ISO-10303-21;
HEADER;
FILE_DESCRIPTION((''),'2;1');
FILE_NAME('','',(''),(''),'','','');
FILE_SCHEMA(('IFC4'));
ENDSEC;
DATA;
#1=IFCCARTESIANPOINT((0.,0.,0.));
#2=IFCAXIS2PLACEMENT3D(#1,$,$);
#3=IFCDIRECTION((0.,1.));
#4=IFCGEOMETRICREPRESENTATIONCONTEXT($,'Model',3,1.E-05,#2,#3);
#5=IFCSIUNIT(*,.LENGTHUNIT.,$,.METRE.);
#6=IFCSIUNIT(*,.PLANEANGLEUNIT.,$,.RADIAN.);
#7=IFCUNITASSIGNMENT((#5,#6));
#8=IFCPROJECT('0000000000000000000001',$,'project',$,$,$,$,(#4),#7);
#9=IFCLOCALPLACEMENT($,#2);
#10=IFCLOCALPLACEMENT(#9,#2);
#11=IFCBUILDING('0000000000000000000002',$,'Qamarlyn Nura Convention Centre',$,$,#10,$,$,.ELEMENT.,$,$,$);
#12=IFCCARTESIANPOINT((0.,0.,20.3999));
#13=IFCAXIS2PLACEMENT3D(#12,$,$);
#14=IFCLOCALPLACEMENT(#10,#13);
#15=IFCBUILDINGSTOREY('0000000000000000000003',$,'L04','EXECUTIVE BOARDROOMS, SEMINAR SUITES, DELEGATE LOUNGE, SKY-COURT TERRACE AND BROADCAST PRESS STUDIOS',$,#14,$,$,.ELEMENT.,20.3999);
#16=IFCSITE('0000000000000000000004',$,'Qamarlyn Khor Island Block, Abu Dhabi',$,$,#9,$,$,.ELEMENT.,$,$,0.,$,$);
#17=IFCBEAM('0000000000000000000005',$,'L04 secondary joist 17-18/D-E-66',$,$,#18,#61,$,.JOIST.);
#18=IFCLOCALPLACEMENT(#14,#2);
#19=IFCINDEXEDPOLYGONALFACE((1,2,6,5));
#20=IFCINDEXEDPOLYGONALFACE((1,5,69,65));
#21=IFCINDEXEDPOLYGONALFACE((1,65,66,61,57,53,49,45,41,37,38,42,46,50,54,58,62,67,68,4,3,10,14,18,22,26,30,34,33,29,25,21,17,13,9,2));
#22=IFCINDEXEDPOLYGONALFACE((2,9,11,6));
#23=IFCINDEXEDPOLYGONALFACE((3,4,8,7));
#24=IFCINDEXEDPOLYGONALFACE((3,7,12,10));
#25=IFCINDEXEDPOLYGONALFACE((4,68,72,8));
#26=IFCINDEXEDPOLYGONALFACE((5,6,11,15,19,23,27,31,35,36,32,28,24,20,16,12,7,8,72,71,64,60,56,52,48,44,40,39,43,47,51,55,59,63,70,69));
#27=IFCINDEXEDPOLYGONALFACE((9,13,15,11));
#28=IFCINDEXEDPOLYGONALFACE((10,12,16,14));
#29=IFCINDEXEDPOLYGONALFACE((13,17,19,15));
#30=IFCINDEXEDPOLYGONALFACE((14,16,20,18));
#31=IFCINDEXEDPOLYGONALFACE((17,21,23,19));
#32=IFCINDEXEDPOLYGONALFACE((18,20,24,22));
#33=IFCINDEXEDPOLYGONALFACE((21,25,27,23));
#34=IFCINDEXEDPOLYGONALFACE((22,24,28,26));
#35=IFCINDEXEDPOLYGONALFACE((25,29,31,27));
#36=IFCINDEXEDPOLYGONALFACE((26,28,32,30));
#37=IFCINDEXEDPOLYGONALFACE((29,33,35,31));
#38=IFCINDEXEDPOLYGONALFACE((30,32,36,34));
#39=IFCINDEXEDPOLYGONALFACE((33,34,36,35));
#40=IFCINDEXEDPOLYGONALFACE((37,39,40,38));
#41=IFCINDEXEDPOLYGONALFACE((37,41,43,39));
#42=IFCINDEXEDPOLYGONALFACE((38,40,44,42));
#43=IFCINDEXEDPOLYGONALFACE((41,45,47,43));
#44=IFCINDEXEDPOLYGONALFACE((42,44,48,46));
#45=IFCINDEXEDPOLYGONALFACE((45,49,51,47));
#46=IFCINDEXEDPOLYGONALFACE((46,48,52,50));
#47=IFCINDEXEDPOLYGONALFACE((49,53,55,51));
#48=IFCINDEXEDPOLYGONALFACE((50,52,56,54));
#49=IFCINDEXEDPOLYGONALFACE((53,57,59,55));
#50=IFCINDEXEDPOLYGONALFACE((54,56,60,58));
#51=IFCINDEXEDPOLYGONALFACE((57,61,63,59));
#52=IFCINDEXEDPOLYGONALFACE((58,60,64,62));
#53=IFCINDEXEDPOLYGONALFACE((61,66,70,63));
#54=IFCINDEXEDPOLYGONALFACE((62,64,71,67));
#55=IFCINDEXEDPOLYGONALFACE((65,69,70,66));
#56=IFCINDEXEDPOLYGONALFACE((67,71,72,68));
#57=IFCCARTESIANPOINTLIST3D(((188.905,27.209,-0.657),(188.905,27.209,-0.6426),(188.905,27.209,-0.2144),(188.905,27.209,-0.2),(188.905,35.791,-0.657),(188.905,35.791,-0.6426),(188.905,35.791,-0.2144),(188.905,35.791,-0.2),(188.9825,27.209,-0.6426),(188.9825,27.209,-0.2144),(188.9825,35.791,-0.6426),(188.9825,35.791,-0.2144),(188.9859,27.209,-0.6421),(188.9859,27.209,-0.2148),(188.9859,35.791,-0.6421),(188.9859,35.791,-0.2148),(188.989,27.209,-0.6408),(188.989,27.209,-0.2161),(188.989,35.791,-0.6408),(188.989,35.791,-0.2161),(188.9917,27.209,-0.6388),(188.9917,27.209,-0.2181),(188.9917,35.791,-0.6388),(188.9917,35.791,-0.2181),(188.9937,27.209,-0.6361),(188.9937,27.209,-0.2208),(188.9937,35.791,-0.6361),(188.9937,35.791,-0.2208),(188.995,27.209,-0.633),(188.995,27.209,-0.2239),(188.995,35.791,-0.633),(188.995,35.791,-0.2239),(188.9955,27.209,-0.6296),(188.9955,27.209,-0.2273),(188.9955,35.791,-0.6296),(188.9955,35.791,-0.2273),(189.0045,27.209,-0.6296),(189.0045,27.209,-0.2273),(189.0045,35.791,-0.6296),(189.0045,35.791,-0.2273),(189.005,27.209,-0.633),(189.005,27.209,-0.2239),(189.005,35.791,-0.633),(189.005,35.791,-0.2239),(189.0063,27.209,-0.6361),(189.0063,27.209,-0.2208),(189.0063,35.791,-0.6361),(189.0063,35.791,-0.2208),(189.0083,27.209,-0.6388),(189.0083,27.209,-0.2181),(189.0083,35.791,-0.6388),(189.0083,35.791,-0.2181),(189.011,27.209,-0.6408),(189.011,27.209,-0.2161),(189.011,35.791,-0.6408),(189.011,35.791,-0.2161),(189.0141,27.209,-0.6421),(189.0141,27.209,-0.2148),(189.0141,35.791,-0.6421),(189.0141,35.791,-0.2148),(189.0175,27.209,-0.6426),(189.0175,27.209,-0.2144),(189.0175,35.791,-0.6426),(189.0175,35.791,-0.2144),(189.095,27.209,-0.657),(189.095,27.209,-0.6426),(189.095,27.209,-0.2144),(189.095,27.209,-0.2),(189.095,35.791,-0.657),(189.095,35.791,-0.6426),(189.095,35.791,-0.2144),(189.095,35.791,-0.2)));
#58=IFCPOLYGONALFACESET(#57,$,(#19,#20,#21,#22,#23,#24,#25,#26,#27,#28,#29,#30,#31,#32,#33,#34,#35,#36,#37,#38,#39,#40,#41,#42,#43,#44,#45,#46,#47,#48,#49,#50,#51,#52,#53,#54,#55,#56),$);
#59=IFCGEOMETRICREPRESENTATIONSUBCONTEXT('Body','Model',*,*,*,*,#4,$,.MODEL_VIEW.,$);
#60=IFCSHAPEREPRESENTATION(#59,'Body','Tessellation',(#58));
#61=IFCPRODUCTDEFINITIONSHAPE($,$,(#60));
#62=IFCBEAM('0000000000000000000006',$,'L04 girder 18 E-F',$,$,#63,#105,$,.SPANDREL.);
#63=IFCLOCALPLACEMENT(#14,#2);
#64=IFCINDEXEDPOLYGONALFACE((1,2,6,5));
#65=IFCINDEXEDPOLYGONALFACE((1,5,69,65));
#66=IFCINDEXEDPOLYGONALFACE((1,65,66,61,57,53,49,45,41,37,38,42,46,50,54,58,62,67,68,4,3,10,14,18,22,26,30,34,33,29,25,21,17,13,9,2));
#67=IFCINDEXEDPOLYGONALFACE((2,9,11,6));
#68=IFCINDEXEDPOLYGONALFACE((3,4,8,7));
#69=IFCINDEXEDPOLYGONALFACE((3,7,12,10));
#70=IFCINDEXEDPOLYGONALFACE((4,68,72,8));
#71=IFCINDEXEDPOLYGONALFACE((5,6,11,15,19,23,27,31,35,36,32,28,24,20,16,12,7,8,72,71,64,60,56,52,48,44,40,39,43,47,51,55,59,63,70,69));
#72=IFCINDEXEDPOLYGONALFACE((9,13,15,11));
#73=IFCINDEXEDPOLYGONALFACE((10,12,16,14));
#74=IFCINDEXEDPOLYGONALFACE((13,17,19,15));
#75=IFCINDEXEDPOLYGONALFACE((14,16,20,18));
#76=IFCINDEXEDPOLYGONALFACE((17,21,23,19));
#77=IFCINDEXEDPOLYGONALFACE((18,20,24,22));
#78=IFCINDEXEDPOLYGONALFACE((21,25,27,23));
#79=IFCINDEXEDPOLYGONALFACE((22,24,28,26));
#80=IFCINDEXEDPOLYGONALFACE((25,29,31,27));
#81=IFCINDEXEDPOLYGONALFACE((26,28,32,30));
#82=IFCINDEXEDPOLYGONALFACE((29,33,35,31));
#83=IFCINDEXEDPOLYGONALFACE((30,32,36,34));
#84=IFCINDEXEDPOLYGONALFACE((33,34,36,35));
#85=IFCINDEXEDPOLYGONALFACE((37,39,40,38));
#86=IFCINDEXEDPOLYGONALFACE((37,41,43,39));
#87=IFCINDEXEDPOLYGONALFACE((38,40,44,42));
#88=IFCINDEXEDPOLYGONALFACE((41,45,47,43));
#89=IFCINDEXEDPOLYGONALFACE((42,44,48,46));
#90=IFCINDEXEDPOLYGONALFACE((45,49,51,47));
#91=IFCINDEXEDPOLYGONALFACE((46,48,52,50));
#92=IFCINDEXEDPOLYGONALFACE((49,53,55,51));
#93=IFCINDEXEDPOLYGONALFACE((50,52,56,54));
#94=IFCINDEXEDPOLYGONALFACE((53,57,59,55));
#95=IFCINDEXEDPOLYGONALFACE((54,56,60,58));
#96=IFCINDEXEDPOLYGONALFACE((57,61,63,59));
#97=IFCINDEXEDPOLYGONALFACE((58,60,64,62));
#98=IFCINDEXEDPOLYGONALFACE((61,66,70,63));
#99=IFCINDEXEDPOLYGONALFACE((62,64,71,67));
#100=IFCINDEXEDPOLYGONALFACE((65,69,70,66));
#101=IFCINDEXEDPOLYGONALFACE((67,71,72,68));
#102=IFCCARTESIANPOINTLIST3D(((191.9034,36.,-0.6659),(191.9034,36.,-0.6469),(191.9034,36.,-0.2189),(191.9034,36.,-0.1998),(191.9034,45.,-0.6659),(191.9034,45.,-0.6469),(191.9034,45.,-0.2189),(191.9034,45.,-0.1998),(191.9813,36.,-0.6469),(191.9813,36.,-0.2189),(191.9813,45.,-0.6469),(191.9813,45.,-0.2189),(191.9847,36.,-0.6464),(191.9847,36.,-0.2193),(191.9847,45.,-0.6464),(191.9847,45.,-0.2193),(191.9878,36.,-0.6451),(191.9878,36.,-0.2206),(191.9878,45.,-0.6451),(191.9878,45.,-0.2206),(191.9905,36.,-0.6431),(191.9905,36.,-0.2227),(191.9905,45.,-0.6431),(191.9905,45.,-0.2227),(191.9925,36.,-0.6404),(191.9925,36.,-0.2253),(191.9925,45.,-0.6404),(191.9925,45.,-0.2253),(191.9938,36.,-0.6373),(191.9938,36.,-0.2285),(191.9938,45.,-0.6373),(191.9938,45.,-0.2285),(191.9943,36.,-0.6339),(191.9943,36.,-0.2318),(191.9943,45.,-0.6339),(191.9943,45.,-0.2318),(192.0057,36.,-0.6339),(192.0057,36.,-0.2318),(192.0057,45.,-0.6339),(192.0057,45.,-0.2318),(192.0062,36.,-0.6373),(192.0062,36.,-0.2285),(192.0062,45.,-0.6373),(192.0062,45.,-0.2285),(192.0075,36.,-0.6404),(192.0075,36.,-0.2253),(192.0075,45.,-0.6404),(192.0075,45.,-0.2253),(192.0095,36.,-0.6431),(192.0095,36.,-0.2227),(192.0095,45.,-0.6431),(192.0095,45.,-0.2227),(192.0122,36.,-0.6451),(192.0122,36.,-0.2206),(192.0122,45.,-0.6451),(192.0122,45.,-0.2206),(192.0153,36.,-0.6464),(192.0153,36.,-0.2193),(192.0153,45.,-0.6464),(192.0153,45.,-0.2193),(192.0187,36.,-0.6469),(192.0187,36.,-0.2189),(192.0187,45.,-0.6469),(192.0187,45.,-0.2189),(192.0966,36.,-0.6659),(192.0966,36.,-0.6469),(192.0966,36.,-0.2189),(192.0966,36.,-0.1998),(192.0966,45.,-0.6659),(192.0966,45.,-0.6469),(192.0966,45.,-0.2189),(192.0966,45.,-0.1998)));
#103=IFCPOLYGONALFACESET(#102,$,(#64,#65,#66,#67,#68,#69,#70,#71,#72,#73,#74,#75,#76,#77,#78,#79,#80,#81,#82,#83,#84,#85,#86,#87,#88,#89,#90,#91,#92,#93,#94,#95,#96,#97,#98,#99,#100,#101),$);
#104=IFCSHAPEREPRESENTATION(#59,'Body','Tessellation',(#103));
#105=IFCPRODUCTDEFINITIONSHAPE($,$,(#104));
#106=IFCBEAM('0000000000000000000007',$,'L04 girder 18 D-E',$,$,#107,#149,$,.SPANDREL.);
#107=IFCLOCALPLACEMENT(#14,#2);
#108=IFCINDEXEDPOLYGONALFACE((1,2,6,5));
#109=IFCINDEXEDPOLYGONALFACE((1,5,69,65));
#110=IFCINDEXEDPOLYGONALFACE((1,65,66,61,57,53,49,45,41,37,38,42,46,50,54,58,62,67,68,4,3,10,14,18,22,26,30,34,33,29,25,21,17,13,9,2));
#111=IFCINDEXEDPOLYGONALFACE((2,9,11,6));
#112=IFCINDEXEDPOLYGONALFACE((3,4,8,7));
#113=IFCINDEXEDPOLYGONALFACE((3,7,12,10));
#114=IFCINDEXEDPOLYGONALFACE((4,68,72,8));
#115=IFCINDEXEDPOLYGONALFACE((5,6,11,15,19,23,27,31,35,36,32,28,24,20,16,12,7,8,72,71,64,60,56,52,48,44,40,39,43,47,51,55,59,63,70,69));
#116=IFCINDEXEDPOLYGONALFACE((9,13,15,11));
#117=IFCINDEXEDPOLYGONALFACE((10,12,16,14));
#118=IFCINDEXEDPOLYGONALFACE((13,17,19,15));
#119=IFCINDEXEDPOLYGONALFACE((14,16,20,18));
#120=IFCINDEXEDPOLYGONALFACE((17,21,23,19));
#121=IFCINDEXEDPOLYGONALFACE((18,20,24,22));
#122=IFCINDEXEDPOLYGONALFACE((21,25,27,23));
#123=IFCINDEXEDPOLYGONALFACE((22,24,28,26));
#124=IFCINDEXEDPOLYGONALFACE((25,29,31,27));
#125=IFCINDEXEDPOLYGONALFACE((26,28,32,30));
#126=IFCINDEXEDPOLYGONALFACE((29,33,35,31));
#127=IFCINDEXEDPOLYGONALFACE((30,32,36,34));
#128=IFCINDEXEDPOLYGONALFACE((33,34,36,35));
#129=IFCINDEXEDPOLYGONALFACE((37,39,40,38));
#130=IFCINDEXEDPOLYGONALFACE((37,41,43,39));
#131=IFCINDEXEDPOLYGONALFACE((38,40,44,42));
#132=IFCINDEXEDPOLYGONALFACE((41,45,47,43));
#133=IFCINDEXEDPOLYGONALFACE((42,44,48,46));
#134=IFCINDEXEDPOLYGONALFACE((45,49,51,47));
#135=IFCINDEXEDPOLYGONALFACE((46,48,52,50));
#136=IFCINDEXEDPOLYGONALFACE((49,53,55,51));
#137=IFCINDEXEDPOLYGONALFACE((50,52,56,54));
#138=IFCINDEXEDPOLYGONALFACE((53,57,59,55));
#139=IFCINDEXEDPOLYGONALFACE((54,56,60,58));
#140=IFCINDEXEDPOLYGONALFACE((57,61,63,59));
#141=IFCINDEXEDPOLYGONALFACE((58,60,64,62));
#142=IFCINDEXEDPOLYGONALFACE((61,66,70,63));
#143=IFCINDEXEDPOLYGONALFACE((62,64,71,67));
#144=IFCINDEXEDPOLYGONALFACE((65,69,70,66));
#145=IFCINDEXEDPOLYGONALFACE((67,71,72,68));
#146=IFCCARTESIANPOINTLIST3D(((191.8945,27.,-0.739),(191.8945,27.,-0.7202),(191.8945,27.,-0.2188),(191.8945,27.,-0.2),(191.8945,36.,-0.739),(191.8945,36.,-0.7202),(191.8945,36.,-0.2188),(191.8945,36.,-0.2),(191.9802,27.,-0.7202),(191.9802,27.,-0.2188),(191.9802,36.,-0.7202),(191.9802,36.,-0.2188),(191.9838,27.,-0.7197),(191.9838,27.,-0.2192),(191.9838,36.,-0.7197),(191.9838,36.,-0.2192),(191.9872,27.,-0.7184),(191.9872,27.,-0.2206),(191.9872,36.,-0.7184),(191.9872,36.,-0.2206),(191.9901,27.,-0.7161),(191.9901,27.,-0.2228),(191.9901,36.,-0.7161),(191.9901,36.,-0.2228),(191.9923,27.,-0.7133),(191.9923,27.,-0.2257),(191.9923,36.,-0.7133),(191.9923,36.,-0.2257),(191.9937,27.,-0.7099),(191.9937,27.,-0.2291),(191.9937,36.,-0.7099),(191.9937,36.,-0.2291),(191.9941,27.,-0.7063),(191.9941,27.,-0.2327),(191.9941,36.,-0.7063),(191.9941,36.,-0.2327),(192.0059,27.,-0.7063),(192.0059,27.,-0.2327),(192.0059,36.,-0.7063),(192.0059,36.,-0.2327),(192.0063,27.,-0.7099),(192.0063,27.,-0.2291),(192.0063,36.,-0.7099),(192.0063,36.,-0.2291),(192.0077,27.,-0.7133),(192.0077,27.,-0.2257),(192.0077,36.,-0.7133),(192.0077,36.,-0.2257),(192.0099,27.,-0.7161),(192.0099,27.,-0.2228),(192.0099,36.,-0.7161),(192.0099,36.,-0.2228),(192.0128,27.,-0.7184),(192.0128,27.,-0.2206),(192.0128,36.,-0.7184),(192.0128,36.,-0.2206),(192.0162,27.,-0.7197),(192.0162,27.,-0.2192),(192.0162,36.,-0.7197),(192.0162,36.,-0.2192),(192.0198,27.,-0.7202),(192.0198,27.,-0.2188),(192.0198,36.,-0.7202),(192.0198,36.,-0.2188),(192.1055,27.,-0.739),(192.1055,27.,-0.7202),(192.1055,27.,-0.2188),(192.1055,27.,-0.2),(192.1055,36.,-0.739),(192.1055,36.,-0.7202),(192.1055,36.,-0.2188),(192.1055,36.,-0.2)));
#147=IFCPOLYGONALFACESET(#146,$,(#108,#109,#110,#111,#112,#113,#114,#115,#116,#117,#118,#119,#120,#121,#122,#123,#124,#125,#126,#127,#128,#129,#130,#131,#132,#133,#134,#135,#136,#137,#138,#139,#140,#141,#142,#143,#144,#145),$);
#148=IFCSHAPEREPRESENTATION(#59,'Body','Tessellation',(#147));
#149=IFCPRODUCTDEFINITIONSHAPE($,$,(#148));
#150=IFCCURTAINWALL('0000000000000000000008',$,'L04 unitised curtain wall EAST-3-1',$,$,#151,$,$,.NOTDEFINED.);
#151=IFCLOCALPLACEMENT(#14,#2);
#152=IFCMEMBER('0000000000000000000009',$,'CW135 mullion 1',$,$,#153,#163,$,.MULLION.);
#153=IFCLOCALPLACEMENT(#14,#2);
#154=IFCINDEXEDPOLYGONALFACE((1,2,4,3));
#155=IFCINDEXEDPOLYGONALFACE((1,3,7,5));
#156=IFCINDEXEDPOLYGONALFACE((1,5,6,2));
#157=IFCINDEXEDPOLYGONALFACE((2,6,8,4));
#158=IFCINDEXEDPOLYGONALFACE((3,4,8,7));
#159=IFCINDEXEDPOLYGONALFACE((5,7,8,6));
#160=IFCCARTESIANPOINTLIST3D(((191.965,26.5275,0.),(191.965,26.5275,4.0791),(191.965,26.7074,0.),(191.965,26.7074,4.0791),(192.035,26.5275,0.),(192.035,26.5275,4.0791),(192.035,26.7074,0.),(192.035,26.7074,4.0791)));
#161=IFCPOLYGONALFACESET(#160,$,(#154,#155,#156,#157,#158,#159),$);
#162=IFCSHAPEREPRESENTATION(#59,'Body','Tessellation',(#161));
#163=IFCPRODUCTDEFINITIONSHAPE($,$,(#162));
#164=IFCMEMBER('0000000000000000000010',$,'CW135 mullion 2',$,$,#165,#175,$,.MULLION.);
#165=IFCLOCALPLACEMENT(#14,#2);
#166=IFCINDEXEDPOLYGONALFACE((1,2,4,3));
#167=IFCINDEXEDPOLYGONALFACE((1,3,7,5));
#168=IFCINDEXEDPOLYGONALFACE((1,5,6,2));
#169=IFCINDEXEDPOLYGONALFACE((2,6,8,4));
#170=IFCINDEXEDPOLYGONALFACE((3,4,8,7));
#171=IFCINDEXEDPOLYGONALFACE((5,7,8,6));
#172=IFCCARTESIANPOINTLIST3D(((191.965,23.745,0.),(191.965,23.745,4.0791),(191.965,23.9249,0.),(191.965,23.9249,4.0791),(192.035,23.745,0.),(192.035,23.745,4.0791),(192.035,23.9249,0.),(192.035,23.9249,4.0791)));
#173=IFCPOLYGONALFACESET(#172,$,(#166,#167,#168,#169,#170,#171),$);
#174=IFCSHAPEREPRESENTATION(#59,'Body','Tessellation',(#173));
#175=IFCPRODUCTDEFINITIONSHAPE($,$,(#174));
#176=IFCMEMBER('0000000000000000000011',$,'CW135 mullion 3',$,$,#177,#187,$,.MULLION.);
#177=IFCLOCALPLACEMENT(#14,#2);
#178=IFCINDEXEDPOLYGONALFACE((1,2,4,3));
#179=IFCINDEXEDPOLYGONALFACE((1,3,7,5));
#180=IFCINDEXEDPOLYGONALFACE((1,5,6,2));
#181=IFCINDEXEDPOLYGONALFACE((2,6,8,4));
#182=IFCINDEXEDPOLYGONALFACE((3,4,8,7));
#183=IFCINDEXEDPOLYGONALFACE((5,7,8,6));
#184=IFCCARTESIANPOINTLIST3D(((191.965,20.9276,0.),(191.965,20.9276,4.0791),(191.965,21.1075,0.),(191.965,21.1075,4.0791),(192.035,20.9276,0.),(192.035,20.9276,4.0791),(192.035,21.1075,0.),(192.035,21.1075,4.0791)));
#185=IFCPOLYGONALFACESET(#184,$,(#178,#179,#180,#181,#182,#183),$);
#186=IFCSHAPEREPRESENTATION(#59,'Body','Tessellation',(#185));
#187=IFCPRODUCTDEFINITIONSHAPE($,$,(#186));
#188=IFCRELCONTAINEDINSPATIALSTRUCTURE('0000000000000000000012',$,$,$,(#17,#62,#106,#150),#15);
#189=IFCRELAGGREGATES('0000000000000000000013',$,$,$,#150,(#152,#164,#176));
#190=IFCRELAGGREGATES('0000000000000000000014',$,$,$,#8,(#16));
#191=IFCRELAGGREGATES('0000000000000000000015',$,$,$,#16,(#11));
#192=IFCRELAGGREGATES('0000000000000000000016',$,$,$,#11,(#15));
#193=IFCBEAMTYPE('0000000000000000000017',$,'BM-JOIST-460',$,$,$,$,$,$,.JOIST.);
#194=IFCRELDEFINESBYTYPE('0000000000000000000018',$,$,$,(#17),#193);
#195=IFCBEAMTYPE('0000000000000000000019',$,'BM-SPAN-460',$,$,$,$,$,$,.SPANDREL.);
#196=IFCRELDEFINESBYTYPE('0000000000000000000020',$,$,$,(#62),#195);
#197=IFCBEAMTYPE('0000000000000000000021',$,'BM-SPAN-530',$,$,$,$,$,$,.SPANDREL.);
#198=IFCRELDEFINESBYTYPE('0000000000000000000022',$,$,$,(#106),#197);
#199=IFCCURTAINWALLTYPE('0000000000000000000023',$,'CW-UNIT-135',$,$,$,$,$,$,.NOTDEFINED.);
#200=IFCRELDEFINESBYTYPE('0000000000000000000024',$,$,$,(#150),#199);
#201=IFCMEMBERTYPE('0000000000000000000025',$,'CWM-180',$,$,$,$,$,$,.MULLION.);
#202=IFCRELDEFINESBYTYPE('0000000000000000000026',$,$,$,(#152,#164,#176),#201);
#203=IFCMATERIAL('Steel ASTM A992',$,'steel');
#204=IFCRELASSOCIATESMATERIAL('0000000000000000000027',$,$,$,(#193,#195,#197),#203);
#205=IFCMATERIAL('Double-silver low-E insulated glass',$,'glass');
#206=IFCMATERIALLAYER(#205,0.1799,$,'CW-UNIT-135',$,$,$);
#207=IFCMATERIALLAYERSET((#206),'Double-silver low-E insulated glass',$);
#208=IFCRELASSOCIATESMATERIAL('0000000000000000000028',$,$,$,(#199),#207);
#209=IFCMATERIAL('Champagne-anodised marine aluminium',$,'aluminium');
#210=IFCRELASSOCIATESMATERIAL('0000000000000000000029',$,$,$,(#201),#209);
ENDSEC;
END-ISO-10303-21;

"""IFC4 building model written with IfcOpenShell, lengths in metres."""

from ifc_helpers import new_model, si_unit, direction, frame, origin, origin_2d, place, context, subcontext, project, spatial, rectangle, i_section, extrude, material, layer, layer_set, material_profile, profile_set, type_object, element, aggregate, save


model = new_model("IFC4")

# Units and contexts
model_context = context("Model", 3, precision=1e-05, world=origin(), true_north=direction((0.0, 1.0)))
body_context = subcontext(model_context, "Body", "Model", "MODEL_VIEW")
ifc_project = project(units=[si_unit("LENGTHUNIT", "METRE"), si_unit("PLANEANGLEUNIT", "RADIAN")], contexts=[model_context])

# Site, building, storey
site_placement = place(None, origin())
site = spatial("IfcSite", under=ifc_project, at=site_placement, Name="Qamarlyn Khor Island Block, Abu Dhabi", CompositionType="ELEMENT", RefElevation=0.0)
building_placement = place(site_placement, origin())
building = spatial("IfcBuilding", under=site, at=building_placement, Name="Qamarlyn Nura Convention Centre", CompositionType="ELEMENT")
storey_placement = place(building_placement, frame((0.0, 0.0, 20.3999)))
storey = spatial("IfcBuildingStorey", under=building, at=storey_placement, Name="L04", Description="EXECUTIVE BOARDROOMS, SEMINAR SUITES, DELEGATE LOUNGE, SKY-COURT TERRACE AND BROADCAST PRESS STUDIOS", CompositionType="ELEMENT", Elevation=20.3999)

# Shared definitions
ifc_material_1 = material(Name="Steel ASTM A992", Category="steel")

# Beams
ifc_material_profile_1 = material_profile(ifc_material_1, i_section(OverallWidth=0.1899, OverallDepth=0.457, WebThickness=0.009, FlangeThickness=0.0144, FilletRadius=0.0129, at=origin_2d()), Name="W460X74")
ifc_profile_set_1 = profile_set([ifc_material_profile_1], Name="Steel ASTM A992")
beam_type_1 = type_object("IfcBeamType", Name="BM-JOIST-460", PredefinedType="JOIST", material=ifc_profile_set_1)
for number, where, z_axis, x_axis, name in (
    (1, (189.0, 27.209, -0.4285), (0.0, 1.0, 0.0), (-1.0, 0.0, 0.0), "L04 secondary joist 17-18/D-E-66"),
):
    element("IfcBeam", number, at=place(storey_placement, frame(where, z_axis=z_axis, x_axis=x_axis)), inside=storey, type_object=beam_type_1, Name=name, PredefinedType="JOIST", context=body_context, shape_type="SweptSolid", body=[
        extrude(i_section(OverallWidth=0.1899, OverallDepth=0.457, WebThickness=0.009, FlangeThickness=0.0144, FilletRadius=0.0129, at=origin_2d()), origin(), (0.0, 0.0, 1.0), 8.582),
    ])
ifc_material_profile_2 = material_profile(ifc_material_1, i_section(OverallWidth=0.1931, OverallDepth=0.4661, WebThickness=0.0115, FlangeThickness=0.019, FilletRadius=0.0129, at=origin_2d()), Name="W460X97")
ifc_profile_set_2 = profile_set([ifc_material_profile_2], Name="Steel ASTM A992")
beam_type_2 = type_object("IfcBeamType", Name="BM-SPAN-460", PredefinedType="SPANDREL", material=ifc_profile_set_2)
beam_1_placement = place(storey_placement, frame((192.0, 36.0, -0.4329), z_axis=(0.0, 1.0, 0.0), x_axis=(-1.0, 0.0, 0.0)))
element("IfcBeam", 2, at=beam_1_placement, inside=storey, type_object=beam_type_2, Name="L04 girder 18 E-F", PredefinedType="SPANDREL", context=body_context, shape_type="SweptSolid", body=[
    extrude(i_section(OverallWidth=0.1931, OverallDepth=0.4661, WebThickness=0.0115, FlangeThickness=0.019, FilletRadius=0.0129, at=origin_2d()), origin(), (0.0, 0.0, 1.0), 9.0),
])
ifc_material_profile_3 = material_profile(ifc_material_1, i_section(OverallWidth=0.2109, OverallDepth=0.5391, WebThickness=0.0117, FlangeThickness=0.0188, FilletRadius=0.0139, at=origin_2d()), Name="W530X109")
ifc_profile_set_3 = profile_set([ifc_material_profile_3], Name="Steel ASTM A992")
beam_type_3 = type_object("IfcBeamType", Name="BM-SPAN-530", PredefinedType="SPANDREL", material=ifc_profile_set_3)
beam_2_placement = place(storey_placement, frame((192.0, 27.0, -0.4695), z_axis=(0.0, 1.0, 0.0), x_axis=(-1.0, 0.0, 0.0)))
element("IfcBeam", 3, at=beam_2_placement, inside=storey, type_object=beam_type_3, Name="L04 girder 18 D-E", PredefinedType="SPANDREL", context=body_context, shape_type="SweptSolid", body=[
    extrude(i_section(OverallWidth=0.2109, OverallDepth=0.5391, WebThickness=0.0117, FlangeThickness=0.0188, FilletRadius=0.0139, at=origin_2d()), origin(), (0.0, 0.0, 1.0), 9.0),
])

# Curtain wall, members
ifc_material_2 = material(Name="Double-silver low-E insulated glass", Category="glass")
ifc_layer_1 = layer(ifc_material_2, 0.1799, Name="CW-UNIT-135")
ifc_layer_set_1 = layer_set([ifc_layer_1], Name="Double-silver low-E insulated glass")
curtain_wall_type = type_object("IfcCurtainWallType", Name="CW-UNIT-135", PredefinedType="NOTDEFINED", material=ifc_layer_set_1)
curtain_wall_placement = place(storey_placement, origin())
curtain_wall = element("IfcCurtainWall", 4, at=curtain_wall_placement, inside=storey, type_object=curtain_wall_type, Name="L04 unitised curtain wall EAST-3-1", PredefinedType="NOTDEFINED")
ifc_material_3 = material(Name="Champagne-anodised marine aluminium", Category="aluminium")
ifc_material_profile_4 = material_profile(ifc_material_3, rectangle(XDim=0.0701, YDim=0.1799, at=origin_2d()), Name="ALU MULLION 70x180")
ifc_profile_set_4 = profile_set([ifc_material_profile_4], Name="Champagne-anodised marine aluminium")
member_type_1 = type_object("IfcMemberType", Name="CWM-180", PredefinedType="MULLION", material=ifc_profile_set_4)
member_1_placement = place(storey_placement, frame((192.0, 26.6174, 0.0), z_axis=(0.0, 0.0, 1.0), x_axis=(1.0, 0.0, 0.0)))
member_1 = element("IfcMember", 5, at=member_1_placement, type_object=member_type_1, Name="CW135 mullion 1", PredefinedType="MULLION", context=body_context, shape_type="SweptSolid", body=[
    extrude(rectangle(XDim=0.0701, YDim=0.1799, at=origin_2d()), origin(), (0.0, 0.0, 1.0), 4.0791),
])
member_2_placement = place(storey_placement, frame((192.0, 23.835, 0.0), z_axis=(0.0, 0.0, 1.0), x_axis=(1.0, 0.0, 0.0)))
member_2 = element("IfcMember", 6, at=member_2_placement, type_object=member_type_1, Name="CW135 mullion 2", PredefinedType="MULLION", context=body_context, shape_type="SweptSolid", body=[
    extrude(rectangle(XDim=0.0701, YDim=0.1799, at=origin_2d()), origin(), (0.0, 0.0, 1.0), 4.0791),
])
member_3_placement = place(storey_placement, frame((192.0, 21.0176, 0.0), z_axis=(0.0, 0.0, 1.0), x_axis=(1.0, 0.0, 0.0)))
member_3 = element("IfcMember", 7, at=member_3_placement, type_object=member_type_1, Name="CW135 mullion 3", PredefinedType="MULLION", context=body_context, shape_type="SweptSolid", body=[
    extrude(rectangle(XDim=0.0701, YDim=0.1799, at=origin_2d()), origin(), (0.0, 0.0, 1.0), 4.0791),
])
aggregate(curtain_wall, [member_1, member_2, member_3])

save(model, "model.ifc")
